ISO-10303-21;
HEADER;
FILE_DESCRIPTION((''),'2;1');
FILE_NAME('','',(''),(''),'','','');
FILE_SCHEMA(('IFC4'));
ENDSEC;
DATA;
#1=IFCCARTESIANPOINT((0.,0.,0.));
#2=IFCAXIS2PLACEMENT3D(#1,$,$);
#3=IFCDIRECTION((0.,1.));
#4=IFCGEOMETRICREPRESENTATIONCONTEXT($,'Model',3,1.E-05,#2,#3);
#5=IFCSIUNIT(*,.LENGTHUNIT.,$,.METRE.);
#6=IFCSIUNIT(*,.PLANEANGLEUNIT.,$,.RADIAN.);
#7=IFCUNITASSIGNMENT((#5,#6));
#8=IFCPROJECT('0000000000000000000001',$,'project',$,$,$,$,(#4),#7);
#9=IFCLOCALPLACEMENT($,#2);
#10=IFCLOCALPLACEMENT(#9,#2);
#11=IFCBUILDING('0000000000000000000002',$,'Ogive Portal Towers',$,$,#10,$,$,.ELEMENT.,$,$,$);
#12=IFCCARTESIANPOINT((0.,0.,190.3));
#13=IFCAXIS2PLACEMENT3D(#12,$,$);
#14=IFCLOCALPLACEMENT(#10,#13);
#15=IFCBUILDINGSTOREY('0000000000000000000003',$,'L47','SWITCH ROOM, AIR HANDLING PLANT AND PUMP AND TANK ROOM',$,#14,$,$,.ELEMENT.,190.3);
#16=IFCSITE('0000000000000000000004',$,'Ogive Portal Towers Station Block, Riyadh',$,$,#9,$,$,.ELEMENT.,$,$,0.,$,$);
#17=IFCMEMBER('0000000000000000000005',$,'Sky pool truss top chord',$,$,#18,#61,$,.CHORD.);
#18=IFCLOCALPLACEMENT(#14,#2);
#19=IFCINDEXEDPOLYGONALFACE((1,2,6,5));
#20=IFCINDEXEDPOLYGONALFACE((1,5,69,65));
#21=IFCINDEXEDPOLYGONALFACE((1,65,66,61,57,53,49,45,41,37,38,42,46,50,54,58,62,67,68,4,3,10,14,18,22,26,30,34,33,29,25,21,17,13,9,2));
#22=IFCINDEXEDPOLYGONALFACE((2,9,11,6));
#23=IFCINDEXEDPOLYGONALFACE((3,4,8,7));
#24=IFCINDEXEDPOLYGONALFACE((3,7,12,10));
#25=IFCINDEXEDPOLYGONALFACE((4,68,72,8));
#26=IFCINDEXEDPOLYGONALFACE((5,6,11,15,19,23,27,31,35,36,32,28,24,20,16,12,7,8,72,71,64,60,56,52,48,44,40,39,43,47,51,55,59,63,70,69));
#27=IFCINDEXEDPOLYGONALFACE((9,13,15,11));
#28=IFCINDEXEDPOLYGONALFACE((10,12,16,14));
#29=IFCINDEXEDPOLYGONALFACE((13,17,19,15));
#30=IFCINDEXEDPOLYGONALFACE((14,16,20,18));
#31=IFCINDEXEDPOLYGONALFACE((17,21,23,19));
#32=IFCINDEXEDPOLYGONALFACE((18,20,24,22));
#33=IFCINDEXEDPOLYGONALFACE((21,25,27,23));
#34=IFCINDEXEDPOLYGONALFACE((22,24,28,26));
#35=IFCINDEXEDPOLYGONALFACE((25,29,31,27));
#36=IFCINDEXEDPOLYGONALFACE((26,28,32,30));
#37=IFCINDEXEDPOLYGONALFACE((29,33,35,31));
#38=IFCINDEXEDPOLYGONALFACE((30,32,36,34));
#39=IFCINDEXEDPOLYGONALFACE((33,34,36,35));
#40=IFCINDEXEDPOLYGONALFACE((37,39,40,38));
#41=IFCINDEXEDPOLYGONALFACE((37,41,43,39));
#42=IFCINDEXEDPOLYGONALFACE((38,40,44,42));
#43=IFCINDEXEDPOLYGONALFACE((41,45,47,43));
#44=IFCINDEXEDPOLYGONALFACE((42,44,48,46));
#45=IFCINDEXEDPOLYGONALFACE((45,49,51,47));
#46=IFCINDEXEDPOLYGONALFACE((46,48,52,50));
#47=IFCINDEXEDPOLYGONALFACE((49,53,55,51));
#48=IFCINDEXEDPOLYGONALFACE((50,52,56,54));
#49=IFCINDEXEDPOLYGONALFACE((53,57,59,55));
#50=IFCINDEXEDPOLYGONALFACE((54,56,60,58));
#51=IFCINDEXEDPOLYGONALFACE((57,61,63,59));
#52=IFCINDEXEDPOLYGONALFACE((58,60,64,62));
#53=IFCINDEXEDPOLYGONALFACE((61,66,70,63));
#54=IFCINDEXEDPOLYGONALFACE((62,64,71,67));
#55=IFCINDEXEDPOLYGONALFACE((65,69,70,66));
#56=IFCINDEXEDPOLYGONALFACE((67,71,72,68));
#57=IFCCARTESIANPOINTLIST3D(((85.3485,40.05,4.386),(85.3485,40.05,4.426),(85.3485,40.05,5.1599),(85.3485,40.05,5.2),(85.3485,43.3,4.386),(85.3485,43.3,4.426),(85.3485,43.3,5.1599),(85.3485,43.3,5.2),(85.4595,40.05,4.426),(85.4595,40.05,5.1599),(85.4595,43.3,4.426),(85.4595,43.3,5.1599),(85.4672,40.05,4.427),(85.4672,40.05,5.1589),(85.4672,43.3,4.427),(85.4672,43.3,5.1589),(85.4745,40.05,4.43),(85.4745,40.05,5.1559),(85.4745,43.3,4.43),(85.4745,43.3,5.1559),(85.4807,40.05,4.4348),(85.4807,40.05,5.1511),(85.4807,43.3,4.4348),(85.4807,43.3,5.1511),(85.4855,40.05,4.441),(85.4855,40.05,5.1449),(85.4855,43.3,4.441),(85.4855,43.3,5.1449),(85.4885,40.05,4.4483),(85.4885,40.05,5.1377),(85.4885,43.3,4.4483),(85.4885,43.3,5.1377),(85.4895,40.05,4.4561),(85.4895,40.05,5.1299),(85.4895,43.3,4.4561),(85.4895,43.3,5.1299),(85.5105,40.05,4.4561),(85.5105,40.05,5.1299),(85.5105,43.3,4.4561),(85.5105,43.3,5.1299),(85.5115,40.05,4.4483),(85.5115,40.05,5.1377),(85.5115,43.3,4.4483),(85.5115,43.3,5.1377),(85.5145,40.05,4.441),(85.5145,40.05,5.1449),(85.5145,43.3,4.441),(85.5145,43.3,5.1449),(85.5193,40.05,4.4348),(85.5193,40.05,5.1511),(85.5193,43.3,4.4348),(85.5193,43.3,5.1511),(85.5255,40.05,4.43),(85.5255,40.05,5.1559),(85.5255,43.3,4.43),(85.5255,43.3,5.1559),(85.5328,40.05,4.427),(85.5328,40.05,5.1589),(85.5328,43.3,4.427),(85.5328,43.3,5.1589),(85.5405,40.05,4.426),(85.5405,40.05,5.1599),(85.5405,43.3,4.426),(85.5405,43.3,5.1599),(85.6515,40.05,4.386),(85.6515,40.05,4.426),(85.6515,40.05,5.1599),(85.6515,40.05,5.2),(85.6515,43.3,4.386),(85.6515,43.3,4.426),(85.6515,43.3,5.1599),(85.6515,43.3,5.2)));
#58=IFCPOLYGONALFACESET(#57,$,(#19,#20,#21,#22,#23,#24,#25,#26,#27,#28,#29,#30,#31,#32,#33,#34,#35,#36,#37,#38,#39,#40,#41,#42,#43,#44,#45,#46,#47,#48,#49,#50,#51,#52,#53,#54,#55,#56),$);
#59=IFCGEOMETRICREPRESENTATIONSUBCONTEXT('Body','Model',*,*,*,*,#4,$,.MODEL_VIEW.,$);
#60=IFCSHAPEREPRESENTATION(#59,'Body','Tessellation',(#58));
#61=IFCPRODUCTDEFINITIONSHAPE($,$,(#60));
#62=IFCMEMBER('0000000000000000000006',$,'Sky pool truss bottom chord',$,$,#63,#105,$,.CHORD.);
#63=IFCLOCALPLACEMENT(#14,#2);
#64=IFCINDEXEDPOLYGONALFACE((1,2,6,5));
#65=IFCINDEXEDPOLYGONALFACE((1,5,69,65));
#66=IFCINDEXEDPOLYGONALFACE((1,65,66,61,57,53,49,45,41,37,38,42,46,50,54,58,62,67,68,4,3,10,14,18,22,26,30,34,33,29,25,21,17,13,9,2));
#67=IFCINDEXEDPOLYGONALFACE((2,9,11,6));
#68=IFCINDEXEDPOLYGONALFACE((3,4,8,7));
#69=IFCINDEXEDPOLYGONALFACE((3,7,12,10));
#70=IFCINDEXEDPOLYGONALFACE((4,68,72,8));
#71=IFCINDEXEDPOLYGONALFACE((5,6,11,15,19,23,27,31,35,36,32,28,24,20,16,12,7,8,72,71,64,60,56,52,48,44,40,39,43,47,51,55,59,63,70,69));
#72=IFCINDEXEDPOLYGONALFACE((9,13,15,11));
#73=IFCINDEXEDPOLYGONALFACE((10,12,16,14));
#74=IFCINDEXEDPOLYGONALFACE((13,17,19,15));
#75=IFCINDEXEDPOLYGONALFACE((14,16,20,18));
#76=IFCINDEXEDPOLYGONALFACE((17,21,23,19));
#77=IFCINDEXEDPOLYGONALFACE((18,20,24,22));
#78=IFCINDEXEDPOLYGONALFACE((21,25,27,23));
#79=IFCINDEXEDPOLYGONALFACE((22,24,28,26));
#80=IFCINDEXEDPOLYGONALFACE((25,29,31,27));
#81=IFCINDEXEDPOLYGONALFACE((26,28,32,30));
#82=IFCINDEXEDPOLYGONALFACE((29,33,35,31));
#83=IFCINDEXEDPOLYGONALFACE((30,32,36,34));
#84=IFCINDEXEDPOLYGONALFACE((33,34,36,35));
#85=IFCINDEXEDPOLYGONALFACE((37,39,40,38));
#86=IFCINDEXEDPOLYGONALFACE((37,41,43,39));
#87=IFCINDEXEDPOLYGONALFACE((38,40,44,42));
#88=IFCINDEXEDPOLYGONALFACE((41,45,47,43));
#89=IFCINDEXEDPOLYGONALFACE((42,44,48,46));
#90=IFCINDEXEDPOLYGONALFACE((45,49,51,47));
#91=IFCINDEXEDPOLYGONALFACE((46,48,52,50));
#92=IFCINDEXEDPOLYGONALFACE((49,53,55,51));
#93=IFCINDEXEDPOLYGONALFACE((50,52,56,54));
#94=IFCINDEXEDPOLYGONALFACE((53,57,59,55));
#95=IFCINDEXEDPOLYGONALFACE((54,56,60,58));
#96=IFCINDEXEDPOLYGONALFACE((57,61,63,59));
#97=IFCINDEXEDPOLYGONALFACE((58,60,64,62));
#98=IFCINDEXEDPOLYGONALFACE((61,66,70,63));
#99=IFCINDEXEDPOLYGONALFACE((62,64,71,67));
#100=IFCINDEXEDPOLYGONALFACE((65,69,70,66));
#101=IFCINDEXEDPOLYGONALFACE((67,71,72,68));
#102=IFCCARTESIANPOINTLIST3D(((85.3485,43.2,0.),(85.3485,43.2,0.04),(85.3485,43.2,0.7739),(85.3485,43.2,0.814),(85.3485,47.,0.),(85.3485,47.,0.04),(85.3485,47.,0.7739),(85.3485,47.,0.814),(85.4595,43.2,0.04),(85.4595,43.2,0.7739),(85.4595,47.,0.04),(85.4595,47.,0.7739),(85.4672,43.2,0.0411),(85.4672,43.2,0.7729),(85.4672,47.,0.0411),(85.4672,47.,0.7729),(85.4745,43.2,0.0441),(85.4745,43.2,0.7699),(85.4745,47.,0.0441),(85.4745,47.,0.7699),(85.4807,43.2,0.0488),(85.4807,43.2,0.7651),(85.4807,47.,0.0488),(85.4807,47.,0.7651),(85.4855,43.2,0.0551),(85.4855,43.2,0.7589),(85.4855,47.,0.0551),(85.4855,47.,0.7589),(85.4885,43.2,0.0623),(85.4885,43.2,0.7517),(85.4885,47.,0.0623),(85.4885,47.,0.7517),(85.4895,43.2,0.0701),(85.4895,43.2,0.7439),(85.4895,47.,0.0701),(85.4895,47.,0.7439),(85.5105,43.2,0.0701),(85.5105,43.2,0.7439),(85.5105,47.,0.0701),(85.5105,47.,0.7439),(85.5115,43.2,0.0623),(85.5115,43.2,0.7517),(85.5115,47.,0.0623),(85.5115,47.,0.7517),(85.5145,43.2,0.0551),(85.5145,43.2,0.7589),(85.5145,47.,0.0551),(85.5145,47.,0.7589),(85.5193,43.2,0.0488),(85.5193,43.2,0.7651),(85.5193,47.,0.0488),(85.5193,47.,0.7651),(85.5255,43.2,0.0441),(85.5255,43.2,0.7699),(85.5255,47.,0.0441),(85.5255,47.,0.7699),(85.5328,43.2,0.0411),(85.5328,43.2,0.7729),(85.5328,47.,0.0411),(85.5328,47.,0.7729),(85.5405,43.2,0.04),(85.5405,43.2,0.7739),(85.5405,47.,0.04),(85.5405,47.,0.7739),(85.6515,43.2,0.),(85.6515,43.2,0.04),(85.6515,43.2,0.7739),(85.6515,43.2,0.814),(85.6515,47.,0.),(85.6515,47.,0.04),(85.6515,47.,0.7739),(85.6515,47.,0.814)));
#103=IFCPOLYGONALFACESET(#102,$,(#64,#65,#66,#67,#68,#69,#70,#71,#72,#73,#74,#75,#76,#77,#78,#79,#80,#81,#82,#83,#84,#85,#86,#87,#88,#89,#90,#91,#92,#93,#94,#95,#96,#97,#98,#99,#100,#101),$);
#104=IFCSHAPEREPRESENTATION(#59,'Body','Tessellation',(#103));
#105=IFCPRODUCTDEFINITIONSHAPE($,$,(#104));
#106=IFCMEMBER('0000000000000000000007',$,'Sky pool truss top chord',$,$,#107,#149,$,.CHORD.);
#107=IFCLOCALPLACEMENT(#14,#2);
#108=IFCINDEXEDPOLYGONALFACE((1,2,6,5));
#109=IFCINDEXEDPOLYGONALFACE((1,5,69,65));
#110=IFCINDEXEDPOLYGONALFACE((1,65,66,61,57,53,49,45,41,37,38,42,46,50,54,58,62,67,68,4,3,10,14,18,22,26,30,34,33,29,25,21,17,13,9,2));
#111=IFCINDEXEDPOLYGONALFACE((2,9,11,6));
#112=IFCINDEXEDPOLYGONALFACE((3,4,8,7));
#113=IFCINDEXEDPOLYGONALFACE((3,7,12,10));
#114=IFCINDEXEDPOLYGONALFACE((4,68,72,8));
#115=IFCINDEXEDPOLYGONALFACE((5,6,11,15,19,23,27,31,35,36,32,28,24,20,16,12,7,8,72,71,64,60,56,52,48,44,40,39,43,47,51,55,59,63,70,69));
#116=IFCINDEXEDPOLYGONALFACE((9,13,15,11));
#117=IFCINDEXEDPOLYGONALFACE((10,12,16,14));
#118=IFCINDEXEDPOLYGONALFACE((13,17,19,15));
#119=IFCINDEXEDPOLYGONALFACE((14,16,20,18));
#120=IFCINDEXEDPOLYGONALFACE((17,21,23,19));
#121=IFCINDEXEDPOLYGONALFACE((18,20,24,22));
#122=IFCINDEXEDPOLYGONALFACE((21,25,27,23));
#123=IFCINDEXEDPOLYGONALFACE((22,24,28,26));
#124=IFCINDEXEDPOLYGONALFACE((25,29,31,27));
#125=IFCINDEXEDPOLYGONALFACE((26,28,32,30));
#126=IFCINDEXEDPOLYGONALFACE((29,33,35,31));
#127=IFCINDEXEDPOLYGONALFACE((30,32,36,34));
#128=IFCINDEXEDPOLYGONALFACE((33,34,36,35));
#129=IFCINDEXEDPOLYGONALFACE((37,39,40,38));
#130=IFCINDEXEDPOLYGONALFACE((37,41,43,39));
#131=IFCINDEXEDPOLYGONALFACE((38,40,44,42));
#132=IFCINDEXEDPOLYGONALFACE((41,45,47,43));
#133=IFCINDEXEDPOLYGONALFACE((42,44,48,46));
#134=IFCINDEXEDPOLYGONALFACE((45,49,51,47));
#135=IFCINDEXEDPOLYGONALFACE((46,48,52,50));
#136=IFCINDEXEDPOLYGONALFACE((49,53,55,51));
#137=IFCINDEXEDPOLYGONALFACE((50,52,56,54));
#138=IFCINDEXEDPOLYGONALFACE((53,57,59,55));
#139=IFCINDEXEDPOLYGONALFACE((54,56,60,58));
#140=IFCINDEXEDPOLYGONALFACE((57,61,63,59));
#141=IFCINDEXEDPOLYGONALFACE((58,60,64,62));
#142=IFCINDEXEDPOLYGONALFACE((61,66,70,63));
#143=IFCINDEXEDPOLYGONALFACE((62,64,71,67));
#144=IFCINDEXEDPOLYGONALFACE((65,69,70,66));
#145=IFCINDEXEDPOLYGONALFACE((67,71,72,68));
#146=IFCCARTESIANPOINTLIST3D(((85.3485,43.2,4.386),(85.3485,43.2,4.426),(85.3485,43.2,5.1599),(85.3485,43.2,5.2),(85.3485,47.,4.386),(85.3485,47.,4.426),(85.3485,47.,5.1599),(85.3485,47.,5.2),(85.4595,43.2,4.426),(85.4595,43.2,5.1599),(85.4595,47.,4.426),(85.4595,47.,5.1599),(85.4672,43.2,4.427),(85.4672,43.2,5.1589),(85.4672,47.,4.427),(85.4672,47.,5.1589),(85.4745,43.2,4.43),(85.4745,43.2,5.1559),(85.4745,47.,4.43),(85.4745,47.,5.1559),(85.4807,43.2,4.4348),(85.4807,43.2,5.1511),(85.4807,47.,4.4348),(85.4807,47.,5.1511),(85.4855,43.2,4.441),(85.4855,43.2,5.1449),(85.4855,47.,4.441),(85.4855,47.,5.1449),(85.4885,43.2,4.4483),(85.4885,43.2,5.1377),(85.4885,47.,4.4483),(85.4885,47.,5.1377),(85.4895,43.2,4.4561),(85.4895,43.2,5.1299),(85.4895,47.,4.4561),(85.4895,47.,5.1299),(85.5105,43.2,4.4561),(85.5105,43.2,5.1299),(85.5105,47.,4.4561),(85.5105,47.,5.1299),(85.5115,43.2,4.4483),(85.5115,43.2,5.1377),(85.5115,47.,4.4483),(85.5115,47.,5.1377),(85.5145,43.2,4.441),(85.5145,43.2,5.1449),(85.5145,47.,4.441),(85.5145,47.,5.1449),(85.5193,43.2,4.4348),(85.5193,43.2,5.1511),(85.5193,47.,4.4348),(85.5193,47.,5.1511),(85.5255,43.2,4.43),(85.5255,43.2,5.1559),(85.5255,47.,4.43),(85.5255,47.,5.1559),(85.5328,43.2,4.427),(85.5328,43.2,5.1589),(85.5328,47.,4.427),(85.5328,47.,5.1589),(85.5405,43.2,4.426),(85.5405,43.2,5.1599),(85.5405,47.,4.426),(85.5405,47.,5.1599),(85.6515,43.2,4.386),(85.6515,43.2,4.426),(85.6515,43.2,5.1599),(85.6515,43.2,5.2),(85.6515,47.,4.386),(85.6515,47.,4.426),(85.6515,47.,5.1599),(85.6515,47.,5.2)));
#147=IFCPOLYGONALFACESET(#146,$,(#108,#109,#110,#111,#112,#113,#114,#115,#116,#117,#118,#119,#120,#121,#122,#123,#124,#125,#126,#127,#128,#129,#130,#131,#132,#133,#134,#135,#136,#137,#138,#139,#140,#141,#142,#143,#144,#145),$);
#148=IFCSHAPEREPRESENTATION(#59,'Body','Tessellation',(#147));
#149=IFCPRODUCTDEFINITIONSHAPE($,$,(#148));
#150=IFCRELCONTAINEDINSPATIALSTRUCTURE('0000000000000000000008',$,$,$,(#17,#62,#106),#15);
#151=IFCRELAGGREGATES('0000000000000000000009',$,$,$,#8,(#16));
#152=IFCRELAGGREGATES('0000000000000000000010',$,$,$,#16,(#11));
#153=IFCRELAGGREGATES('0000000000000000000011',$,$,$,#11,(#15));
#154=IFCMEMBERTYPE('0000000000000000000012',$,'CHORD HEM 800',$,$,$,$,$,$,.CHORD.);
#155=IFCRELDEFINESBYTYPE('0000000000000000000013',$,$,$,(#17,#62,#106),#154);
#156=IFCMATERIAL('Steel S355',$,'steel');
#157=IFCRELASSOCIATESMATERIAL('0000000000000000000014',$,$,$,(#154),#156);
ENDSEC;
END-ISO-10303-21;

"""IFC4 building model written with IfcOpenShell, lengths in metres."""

from ifc_helpers import new_model, si_unit, direction, frame, origin, origin_2d, place, context, subcontext, project, spatial, i_section, extrude, material, material_profile, profile_set, type_object, element, save


model = new_model("IFC4")

# Units and contexts
model_context = context("Model", 3, precision=1e-05, world=origin(), true_north=direction((0.0, 1.0)))
body_context = subcontext(model_context, "Body", "Model", "MODEL_VIEW")
ifc_project = project(units=[si_unit("LENGTHUNIT", "METRE"), si_unit("PLANEANGLEUNIT", "RADIAN")], contexts=[model_context])

# Site, building, storey
site_placement = place(None, origin())
site = spatial("IfcSite", under=ifc_project, at=site_placement, Name="Ogive Portal Towers Station Block, Riyadh", CompositionType="ELEMENT", RefElevation=0.0)
building_placement = place(site_placement, origin())
building = spatial("IfcBuilding", under=site, at=building_placement, Name="Ogive Portal Towers", CompositionType="ELEMENT")
storey_placement = place(building_placement, frame((0.0, 0.0, 190.3)))
storey = spatial("IfcBuildingStorey", under=building, at=storey_placement, Name="L47", Description="SWITCH ROOM, AIR HANDLING PLANT AND PUMP AND TANK ROOM", CompositionType="ELEMENT", Elevation=190.3)

# Members
ifc_material_1 = material(Name="Steel S355", Category="steel")
ifc_material_profile_1 = material_profile(ifc_material_1, i_section(OverallWidth=0.303, OverallDepth=0.814, WebThickness=0.021, FlangeThickness=0.04, FilletRadius=0.03, at=origin_2d()), Name="HEM 800")
ifc_profile_set_1 = profile_set([ifc_material_profile_1], Name="Steel S355")
member_type_1 = type_object("IfcMemberType", Name="CHORD HEM 800", PredefinedType="CHORD", material=ifc_profile_set_1)
for number, where, z_axis, x_axis, name in (
    (1, (85.5, 40.05, 4.793), (0.0, 1.0, 0.0), (-1.0, 0.0, 0.0), "Sky pool truss top chord"),
):
    element("IfcMember", number, at=place(storey_placement, frame(where, z_axis=z_axis, x_axis=x_axis)), inside=storey, type_object=member_type_1, Name=name, PredefinedType="CHORD", context=body_context, shape_type="SweptSolid", body=[
        extrude(i_section(OverallWidth=0.303, OverallDepth=0.814, WebThickness=0.021, FlangeThickness=0.04, FilletRadius=0.03, at=origin_2d()), origin(), (0.0, 0.0, 1.0), 3.25),
    ])
for number, where, z_axis, x_axis, name in (
    (2, (85.5, 43.2, 0.407), (0.0, 1.0, 0.0), (-1.0, 0.0, 0.0), "Sky pool truss bottom chord"),
    (3, (85.5, 43.2, 4.793), (0.0, 1.0, 0.0), (-1.0, 0.0, 0.0), "Sky pool truss top chord"),
):
    element("IfcMember", number, at=place(storey_placement, frame(where, z_axis=z_axis, x_axis=x_axis)), inside=storey, type_object=member_type_1, Name=name, PredefinedType="CHORD", context=body_context, shape_type="SweptSolid", body=[
        extrude(i_section(OverallWidth=0.303, OverallDepth=0.814, WebThickness=0.021, FlangeThickness=0.04, FilletRadius=0.03, at=origin_2d()), origin(), (0.0, 0.0, 1.0), 3.8),
    ])

save(model, "model.ifc")
